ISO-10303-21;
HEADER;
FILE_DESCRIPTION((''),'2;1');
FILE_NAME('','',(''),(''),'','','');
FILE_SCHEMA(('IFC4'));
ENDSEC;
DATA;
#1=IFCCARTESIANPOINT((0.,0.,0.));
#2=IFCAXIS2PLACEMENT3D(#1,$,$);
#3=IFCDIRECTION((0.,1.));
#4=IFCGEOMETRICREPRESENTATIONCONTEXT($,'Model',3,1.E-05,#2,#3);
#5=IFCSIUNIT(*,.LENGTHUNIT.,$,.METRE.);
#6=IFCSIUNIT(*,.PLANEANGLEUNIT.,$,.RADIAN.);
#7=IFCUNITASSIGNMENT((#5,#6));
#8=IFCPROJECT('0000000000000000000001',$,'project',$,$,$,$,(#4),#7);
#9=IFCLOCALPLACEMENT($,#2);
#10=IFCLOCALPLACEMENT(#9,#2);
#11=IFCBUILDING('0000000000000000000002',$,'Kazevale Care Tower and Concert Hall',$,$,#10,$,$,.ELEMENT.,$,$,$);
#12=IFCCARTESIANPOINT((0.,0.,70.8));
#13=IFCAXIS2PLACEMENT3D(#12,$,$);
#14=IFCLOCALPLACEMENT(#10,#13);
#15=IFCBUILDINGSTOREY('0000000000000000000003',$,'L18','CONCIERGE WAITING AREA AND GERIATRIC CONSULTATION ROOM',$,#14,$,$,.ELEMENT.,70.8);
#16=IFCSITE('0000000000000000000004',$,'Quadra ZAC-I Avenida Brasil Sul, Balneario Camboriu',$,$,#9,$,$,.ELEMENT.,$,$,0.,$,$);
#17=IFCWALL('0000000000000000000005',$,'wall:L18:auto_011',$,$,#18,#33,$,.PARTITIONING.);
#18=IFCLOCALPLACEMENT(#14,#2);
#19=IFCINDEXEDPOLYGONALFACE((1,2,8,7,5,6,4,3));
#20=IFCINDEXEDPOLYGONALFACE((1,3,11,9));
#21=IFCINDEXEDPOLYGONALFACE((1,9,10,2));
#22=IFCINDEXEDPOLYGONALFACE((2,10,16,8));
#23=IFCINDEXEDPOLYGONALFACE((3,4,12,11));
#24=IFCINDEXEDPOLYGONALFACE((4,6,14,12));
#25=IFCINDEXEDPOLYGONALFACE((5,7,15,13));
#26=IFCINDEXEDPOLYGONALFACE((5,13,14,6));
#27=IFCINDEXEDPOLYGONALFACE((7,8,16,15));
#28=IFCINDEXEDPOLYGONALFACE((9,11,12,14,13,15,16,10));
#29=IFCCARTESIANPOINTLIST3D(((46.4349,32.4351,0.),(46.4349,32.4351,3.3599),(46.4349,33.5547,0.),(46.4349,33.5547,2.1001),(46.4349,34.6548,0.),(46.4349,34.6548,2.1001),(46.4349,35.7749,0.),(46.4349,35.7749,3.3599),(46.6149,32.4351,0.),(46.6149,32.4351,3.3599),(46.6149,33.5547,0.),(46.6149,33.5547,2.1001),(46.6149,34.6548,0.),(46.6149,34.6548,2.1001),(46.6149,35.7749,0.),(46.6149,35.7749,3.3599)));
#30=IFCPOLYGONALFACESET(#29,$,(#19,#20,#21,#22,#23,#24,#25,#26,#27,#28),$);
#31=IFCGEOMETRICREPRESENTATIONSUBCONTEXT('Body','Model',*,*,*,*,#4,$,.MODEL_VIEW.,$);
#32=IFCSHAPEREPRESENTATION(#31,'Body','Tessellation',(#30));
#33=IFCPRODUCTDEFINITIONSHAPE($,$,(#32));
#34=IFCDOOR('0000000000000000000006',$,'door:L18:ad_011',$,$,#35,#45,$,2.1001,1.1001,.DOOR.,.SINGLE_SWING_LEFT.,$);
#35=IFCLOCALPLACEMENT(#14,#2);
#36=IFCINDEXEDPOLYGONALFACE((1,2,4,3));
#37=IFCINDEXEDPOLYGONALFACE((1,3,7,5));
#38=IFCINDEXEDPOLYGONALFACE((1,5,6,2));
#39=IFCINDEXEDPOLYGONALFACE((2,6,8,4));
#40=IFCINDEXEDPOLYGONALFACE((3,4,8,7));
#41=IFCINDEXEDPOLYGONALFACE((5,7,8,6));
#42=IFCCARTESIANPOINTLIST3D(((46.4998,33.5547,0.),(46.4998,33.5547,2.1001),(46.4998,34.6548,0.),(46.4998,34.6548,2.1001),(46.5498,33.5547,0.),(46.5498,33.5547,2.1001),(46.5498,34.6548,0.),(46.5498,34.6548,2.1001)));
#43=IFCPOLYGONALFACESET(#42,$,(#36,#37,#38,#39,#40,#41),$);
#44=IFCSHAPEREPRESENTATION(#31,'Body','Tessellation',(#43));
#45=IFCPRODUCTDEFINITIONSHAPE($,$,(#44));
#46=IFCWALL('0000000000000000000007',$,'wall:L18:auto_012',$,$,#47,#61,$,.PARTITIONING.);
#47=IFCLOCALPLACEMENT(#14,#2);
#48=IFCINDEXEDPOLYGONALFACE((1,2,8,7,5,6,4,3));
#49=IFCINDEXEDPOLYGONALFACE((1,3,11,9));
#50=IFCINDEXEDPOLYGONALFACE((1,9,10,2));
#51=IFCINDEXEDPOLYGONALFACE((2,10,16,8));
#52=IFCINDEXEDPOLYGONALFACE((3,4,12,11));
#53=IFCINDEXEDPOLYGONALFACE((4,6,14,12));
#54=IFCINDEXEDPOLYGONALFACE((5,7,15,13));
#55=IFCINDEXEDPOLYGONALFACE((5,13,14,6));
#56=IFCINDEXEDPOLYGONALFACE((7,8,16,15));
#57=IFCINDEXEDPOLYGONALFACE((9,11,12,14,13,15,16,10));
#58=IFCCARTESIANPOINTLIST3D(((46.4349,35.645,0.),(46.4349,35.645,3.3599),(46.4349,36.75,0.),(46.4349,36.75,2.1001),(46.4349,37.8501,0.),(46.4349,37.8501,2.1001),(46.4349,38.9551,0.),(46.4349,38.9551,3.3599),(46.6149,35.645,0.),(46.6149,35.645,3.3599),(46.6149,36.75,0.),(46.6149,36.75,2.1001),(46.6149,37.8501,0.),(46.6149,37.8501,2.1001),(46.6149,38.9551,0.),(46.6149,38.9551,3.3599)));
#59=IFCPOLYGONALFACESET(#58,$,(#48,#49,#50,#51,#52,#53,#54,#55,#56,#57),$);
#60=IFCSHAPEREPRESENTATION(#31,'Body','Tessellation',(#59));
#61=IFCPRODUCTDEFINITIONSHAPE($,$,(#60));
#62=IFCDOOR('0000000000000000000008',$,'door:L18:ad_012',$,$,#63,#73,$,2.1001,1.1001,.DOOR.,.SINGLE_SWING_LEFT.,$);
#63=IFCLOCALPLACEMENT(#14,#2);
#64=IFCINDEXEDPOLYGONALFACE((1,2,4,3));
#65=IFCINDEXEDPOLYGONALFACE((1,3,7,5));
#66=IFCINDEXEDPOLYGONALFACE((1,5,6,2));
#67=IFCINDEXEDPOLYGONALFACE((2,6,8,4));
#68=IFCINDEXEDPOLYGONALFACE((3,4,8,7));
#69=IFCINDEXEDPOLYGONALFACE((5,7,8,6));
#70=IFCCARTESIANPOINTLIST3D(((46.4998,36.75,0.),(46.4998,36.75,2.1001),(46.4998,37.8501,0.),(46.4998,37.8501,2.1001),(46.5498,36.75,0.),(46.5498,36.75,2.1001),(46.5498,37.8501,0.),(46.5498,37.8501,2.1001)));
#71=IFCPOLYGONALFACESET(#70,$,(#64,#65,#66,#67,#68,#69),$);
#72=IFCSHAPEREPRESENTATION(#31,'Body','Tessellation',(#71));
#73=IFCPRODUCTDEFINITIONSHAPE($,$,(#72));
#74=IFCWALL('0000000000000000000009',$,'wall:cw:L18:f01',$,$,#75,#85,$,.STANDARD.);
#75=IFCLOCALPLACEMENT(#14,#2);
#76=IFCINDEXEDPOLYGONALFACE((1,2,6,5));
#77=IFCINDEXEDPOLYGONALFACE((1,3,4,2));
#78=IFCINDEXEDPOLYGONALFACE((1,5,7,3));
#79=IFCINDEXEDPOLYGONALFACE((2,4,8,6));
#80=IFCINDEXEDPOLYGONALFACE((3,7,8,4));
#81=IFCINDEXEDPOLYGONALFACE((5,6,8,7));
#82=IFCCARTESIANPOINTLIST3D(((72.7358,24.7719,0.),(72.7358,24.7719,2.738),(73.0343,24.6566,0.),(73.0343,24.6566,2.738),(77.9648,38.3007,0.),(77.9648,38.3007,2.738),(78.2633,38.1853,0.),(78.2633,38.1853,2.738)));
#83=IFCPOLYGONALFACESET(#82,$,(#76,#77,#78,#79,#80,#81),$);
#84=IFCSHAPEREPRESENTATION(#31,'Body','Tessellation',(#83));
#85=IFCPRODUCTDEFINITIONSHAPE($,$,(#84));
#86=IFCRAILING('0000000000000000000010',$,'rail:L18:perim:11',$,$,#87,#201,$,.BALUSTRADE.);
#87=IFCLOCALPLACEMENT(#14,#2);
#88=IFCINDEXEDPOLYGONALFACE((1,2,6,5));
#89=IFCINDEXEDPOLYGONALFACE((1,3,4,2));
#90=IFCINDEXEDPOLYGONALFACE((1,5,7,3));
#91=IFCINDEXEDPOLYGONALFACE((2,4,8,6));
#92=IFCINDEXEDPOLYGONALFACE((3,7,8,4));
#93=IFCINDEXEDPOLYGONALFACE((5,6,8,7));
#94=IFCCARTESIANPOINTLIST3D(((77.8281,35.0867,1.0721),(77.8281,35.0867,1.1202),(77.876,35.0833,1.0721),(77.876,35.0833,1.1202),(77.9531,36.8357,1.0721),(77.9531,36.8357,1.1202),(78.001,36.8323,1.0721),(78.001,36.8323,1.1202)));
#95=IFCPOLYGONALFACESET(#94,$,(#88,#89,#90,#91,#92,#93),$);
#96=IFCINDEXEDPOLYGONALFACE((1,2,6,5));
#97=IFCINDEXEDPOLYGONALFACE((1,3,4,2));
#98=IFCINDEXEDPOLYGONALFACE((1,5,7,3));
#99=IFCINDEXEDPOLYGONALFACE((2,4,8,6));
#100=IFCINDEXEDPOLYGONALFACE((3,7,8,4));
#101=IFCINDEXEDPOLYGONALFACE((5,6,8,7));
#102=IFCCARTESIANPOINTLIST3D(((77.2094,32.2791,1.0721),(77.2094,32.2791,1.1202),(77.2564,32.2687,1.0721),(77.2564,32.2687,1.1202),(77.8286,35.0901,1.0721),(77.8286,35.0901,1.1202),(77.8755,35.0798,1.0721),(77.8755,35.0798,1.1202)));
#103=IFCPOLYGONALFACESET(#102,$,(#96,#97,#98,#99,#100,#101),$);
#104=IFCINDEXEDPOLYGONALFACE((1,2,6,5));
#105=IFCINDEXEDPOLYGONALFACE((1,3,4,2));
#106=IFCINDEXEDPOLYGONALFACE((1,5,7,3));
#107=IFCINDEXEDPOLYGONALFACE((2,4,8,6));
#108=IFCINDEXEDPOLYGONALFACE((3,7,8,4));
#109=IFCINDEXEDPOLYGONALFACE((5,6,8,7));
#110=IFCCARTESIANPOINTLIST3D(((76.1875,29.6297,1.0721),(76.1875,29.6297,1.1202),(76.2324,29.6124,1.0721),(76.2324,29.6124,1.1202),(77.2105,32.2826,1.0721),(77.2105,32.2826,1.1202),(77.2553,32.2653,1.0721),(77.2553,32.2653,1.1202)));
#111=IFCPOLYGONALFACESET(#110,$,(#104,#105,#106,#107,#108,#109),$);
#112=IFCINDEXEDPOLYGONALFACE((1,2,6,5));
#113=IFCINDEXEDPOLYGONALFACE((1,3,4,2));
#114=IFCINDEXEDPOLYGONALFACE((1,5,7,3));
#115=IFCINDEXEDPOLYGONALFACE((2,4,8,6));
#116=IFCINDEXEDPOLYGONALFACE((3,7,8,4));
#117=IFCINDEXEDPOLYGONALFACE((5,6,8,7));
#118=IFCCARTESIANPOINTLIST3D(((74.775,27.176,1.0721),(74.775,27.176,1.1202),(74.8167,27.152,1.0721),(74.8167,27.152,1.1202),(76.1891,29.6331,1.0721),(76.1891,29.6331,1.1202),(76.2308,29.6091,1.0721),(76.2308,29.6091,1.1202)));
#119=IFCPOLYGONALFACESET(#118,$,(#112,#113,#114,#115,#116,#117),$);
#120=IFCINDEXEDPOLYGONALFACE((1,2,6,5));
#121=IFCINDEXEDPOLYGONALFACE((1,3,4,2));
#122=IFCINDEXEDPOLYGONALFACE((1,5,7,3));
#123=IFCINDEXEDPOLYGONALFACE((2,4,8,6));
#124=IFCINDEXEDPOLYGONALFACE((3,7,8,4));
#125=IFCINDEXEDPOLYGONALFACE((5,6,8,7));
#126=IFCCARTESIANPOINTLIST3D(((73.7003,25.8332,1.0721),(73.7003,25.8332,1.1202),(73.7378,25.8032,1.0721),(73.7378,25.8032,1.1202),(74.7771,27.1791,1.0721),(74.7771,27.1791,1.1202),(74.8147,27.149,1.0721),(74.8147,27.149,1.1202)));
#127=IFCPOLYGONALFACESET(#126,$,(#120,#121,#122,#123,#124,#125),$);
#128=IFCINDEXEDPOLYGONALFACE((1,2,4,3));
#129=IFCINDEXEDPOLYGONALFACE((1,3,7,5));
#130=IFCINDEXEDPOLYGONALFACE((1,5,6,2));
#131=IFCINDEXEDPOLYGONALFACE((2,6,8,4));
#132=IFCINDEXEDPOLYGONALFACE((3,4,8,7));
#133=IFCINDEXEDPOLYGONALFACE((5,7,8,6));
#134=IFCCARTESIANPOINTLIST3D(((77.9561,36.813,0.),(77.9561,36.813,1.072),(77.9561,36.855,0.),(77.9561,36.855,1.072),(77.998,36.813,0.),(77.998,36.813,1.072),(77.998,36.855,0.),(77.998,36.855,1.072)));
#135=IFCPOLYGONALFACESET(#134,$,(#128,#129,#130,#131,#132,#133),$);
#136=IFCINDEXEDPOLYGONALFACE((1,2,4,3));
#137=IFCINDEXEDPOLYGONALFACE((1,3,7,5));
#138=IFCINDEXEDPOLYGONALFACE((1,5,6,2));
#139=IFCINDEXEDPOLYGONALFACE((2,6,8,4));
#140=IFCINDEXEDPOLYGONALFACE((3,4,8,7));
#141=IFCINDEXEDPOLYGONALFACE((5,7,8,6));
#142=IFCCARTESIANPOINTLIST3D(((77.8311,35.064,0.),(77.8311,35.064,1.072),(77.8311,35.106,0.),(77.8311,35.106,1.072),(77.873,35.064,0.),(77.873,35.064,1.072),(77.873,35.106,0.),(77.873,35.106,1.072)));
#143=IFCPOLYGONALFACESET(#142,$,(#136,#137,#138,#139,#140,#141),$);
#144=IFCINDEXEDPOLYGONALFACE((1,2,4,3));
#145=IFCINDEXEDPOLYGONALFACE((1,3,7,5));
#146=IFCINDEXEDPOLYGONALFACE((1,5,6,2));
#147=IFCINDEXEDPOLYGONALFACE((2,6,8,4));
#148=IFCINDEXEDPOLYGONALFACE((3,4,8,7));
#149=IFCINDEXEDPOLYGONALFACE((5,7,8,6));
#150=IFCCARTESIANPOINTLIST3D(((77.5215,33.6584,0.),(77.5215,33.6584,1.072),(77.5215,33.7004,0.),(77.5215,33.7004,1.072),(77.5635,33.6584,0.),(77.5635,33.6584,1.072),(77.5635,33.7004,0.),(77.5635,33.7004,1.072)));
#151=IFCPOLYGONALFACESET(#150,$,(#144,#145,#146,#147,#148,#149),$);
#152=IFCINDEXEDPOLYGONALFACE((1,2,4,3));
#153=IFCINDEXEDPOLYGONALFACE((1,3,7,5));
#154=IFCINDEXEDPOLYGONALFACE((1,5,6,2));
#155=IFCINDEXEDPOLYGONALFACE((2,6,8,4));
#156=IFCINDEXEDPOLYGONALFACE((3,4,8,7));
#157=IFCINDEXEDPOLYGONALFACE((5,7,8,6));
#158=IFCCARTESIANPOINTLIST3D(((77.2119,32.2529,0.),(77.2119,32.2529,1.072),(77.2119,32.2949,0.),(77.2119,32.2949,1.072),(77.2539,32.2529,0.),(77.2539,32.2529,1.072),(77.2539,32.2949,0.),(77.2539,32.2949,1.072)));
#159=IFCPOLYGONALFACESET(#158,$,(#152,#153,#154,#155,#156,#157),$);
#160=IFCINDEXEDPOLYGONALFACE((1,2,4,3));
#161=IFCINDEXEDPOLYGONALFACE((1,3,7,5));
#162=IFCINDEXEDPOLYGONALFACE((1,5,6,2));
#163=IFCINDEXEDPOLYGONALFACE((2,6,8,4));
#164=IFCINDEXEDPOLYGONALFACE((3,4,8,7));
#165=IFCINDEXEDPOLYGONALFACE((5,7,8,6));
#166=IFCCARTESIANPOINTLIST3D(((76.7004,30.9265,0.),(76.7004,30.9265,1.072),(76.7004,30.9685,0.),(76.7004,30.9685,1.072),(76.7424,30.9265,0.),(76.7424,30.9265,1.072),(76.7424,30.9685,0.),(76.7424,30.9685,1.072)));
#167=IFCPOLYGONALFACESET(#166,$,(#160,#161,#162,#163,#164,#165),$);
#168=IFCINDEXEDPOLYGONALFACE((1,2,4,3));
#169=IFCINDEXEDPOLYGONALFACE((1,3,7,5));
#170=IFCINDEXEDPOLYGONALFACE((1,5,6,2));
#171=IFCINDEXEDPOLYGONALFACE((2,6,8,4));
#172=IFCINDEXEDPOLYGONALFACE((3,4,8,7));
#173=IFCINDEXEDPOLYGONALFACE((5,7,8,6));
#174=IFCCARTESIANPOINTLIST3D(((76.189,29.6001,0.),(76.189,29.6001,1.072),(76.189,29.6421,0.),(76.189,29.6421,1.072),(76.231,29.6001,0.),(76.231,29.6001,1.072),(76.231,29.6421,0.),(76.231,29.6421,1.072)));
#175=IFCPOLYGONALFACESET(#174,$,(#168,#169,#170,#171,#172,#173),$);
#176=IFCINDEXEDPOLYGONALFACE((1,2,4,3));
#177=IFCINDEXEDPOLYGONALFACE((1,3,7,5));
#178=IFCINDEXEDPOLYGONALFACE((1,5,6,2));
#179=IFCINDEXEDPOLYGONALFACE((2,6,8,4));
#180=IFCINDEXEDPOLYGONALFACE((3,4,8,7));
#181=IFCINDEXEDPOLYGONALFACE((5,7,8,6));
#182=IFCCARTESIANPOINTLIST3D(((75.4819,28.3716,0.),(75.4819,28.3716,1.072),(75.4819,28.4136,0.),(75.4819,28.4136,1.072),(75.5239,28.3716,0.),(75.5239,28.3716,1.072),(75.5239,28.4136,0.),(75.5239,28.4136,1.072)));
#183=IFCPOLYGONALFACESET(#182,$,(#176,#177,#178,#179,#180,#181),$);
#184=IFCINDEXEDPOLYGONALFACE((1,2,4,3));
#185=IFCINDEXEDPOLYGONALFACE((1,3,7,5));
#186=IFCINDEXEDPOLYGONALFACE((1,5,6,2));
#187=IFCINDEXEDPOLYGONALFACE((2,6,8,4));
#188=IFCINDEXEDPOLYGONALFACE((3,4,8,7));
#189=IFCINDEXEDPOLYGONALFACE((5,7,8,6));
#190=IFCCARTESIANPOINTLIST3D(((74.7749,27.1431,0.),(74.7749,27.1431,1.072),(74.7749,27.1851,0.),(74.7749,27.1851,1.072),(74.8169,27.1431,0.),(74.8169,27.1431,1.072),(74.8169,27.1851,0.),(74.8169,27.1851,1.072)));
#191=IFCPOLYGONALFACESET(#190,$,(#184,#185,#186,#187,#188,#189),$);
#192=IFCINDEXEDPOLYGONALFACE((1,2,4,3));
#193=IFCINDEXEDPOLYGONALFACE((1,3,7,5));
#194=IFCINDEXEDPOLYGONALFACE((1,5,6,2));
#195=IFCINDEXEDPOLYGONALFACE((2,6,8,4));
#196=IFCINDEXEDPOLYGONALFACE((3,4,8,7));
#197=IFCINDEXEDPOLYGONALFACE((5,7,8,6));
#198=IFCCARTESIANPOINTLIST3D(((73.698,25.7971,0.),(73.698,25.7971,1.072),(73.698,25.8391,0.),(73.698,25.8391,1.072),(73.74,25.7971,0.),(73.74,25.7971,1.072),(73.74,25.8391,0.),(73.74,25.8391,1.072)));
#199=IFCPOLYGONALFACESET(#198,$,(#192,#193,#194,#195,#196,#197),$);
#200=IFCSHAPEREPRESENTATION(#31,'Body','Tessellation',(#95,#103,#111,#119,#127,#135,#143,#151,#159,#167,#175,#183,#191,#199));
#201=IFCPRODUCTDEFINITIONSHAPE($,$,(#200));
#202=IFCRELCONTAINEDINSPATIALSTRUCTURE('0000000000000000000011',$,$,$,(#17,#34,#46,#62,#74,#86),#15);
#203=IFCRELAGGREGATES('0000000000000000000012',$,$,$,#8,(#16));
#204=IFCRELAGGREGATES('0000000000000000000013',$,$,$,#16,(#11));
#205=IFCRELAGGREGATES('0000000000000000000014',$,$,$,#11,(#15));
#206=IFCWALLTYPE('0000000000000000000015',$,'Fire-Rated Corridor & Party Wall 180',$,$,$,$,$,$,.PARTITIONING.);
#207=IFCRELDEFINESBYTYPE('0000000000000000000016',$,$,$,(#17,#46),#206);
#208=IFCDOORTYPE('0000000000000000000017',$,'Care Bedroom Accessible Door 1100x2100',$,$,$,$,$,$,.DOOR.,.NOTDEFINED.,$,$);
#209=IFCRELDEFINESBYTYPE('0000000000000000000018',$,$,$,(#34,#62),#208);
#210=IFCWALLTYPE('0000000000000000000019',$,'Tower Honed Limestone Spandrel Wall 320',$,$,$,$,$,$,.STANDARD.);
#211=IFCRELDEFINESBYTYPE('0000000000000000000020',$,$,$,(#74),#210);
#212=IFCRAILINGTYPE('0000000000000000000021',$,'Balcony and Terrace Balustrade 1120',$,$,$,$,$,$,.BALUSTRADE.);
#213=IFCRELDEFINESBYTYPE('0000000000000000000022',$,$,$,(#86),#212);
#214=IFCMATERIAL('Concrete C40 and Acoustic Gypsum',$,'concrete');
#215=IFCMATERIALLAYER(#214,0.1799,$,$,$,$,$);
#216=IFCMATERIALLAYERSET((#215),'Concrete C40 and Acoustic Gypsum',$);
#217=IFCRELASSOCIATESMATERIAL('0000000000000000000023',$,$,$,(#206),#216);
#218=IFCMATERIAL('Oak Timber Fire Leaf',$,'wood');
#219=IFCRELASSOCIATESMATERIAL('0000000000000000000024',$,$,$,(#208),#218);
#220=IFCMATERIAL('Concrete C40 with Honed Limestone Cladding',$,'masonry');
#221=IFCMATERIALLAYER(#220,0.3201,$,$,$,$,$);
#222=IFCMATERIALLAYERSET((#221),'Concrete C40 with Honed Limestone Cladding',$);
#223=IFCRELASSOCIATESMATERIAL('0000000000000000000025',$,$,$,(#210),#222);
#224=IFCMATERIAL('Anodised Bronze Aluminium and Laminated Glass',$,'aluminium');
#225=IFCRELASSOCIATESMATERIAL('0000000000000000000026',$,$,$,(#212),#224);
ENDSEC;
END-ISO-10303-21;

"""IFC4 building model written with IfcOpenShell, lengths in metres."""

from ifc_helpers import new_model, si_unit, direction, frame, frame_2d, origin, origin_2d, place, context, subcontext, project, spatial, rectangle, extrude, material, layer, layer_set, type_object, element, fill, save


model = new_model("IFC4")

# Units and contexts
model_context = context("Model", 3, precision=1e-05, world=origin(), true_north=direction((0.0, 1.0)))
body_context = subcontext(model_context, "Body", "Model", "MODEL_VIEW")
ifc_project = project(units=[si_unit("LENGTHUNIT", "METRE"), si_unit("PLANEANGLEUNIT", "RADIAN")], contexts=[model_context])

# Site, building, storey
site_placement = place(None, origin())
site = spatial("IfcSite", under=ifc_project, at=site_placement, Name="Quadra ZAC-I Avenida Brasil Sul, Balneario Camboriu", CompositionType="ELEMENT", RefElevation=0.0)
building_placement = place(site_placement, origin())
building = spatial("IfcBuilding", under=site, at=building_placement, Name="Kazevale Care Tower and Concert Hall", CompositionType="ELEMENT")
storey_placement = place(building_placement, frame((0.0, 0.0, 70.8)))
storey = spatial("IfcBuildingStorey", under=building, at=storey_placement, Name="L18", Description="CONCIERGE WAITING AREA AND GERIATRIC CONSULTATION ROOM", CompositionType="ELEMENT", Elevation=70.8)

# Walls, openings, doors
ifc_material_1 = material(Name="Concrete C40 and Acoustic Gypsum", Category="concrete")
ifc_layer_1 = layer(ifc_material_1, 0.1799)
ifc_layer_set_1 = layer_set([ifc_layer_1], Name="Concrete C40 and Acoustic Gypsum")
wall_type_1 = type_object("IfcWallType", Name="Fire-Rated Corridor & Party Wall 180", PredefinedType="PARTITIONING", material=ifc_layer_set_1)
ifc_material_2 = material(Name="Oak Timber Fire Leaf", Category="wood")
door_type = type_object("IfcDoorType", Name="Care Bedroom Accessible Door 1100x2100", OperationType="NOTDEFINED", PredefinedType="DOOR", material=ifc_material_2)
wall_1_placement = place(storey_placement, frame((46.5249, 35.7749, 0.0), z_axis=(0.0, 0.0, 1.0), x_axis=(0.0, -1.0, 0.0)))
wall_1 = element("IfcWall", 1, at=wall_1_placement, inside=storey, type_object=wall_type_1, Name="wall:L18:auto_011", PredefinedType="PARTITIONING", context=body_context, shape_type="SweptSolid", body=[
    extrude(rectangle(XDim=3.3398, YDim=0.1799, at=frame_2d((1.6699, 0.0))), origin(), (0.0, 0.0, 1.0), 3.3599),
])
opening_1_placement = place(wall_1_placement, frame((1.1201, 0.0, 0.0)))
opening_1 = element("IfcOpeningElement", 2, at=opening_1_placement, cuts=wall_1, PredefinedType="OPENING", context=body_context, shape_type="SweptSolid", body=[
    extrude(rectangle(XDim=1.1001, YDim=2.1001, at=frame_2d((0.55, 1.05))), frame((0.0, 0.0999, 0.0), z_axis=(0.0, -1.0, 0.0), x_axis=(1.0, 0.0, 0.0)), (0.0, 0.0, 1.0), 0.2),
])
door_1_placement = place(opening_1_placement, origin())
door_1 = element("IfcDoor", 3, at=door_1_placement, inside=storey, type_object=door_type, Name="door:L18:ad_011", OperationType="SINGLE_SWING_LEFT", OverallHeight=2.1001, OverallWidth=1.1001, PredefinedType="DOOR", context=body_context, shape_type="SweptSolid", body=[
    extrude(rectangle(XDim=1.1001, YDim=2.1001, at=frame_2d((0.55, 1.05))), frame((0.0, 0.0249, 0.0), z_axis=(0.0, -1.0, 0.0), x_axis=(1.0, 0.0, 0.0)), (0.0, 0.0, 1.0), 0.05),
])
fill(opening_1, door_1)
wall_2_placement = place(storey_placement, frame((46.5249, 38.9551, 0.0), z_axis=(0.0, 0.0, 1.0), x_axis=(0.0, -1.0, 0.0)))
wall_2 = element("IfcWall", 4, at=wall_2_placement, inside=storey, type_object=wall_type_1, Name="wall:L18:auto_012", PredefinedType="PARTITIONING", context=body_context, shape_type="SweptSolid", body=[
    extrude(rectangle(XDim=3.3101, YDim=0.1799, at=frame_2d((1.655, 0.0))), origin(), (0.0, 0.0, 1.0), 3.3599),
])
opening_2_placement = place(wall_2_placement, frame((1.105, 0.0, 0.0)))
opening_2 = element("IfcOpeningElement", 5, at=opening_2_placement, cuts=wall_2, PredefinedType="OPENING", context=body_context, shape_type="SweptSolid", body=[
    extrude(rectangle(XDim=1.1001, YDim=2.1001, at=frame_2d((0.55, 1.05))), frame((0.0, 0.0999, 0.0), z_axis=(0.0, -1.0, 0.0), x_axis=(1.0, 0.0, 0.0)), (0.0, 0.0, 1.0), 0.2),
])
door_2_placement = place(opening_2_placement, origin())
door_2 = element("IfcDoor", 6, at=door_2_placement, inside=storey, type_object=door_type, Name="door:L18:ad_012", OperationType="SINGLE_SWING_LEFT", OverallHeight=2.1001, OverallWidth=1.1001, PredefinedType="DOOR", context=body_context, shape_type="SweptSolid", body=[
    extrude(rectangle(XDim=1.1001, YDim=2.1001, at=frame_2d((0.55, 1.05))), frame((0.0, 0.0249, 0.0), z_axis=(0.0, -1.0, 0.0), x_axis=(1.0, 0.0, 0.0)), (0.0, 0.0, 1.0), 0.05),
])
fill(opening_2, door_2)

# Wall
ifc_material_3 = material(Name="Concrete C40 with Honed Limestone Cladding", Category="masonry")
ifc_layer_2 = layer(ifc_material_3, 0.3201)
ifc_layer_set_2 = layer_set([ifc_layer_2], Name="Concrete C40 with Honed Limestone Cladding")
wall_type_2 = type_object("IfcWallType", Name="Tower Honed Limestone Spandrel Wall 320", PredefinedType="STANDARD", material=ifc_layer_set_2)
wall_3_placement = place(storey_placement, frame((78.114, 38.2429, 0.0), z_axis=(0.0, 0.0, 1.0), x_axis=(-0.360517, -0.932753, 0.0)))
element("IfcWall", 7, at=wall_3_placement, inside=storey, type_object=wall_type_2, Name="wall:cw:L18:f01", PredefinedType="STANDARD", context=body_context, shape_type="SweptSolid", body=[
    extrude(rectangle(XDim=14.5042, YDim=0.3201, at=frame_2d((7.252, 0.0))), origin(), (0.0, 0.0, 1.0), 2.738),
])

# Railing
ifc_material_4 = material(Name="Anodised Bronze Aluminium and Laminated Glass", Category="aluminium")
railing_type = type_object("IfcRailingType", Name="Balcony and Terrace Balustrade 1120", PredefinedType="BALUSTRADE", material=ifc_material_4)
railing_placement = place(storey_placement, frame((77.9771, 36.834, 0.0)))
element("IfcRailing", 8, at=railing_placement, inside=storey, type_object=railing_type, Name="rail:L18:perim:11", PredefinedType="BALUSTRADE", context=body_context, shape_type="SweptSolid", body=[
    extrude(rectangle(XDim=0.0481, YDim=0.0481, at=origin_2d()), frame((0.0, 0.0, 1.0962), z_axis=(-0.071287, -0.997456, 0.0), x_axis=(0.997456, -0.071287, 0.0)), (0.0, 0.0, 1.0), 1.7534),
    extrude(rectangle(XDim=0.0481, YDim=0.0481, at=origin_2d()), frame((-0.125, -1.749, 1.0962), z_axis=(-0.215098, -0.976592, 0.0), x_axis=(0.976592, -0.215098, 0.0)), (0.0, 0.0, 1.0), 2.8784),
    extrude(rectangle(XDim=0.0481, YDim=0.0481, at=origin_2d()), frame((-0.7441, -4.5601, 1.0962), z_axis=(-0.359785, -0.933035, 0.0), x_axis=(0.933035, -0.359785, 0.0)), (0.0, 0.0, 1.0), 2.8433),
    extrude(rectangle(XDim=0.0481, YDim=0.0481, at=origin_2d()), frame((-1.7671, -7.2129, 1.0962), z_axis=(-0.498808, -0.866713, 0.0), x_axis=(0.866713, -0.498808, 0.0)), (0.0, 0.0, 1.0), 2.835),
    extrude(rectangle(XDim=0.0481, YDim=0.0481, at=origin_2d()), frame((-3.1812, -9.6699, 1.0962), z_axis=(-0.624747, -0.780827, 0.0), x_axis=(0.780827, -0.624747, 0.0)), (0.0, 0.0, 1.0), 1.7236),
    extrude(rectangle(XDim=0.042, YDim=0.042, at=origin_2d()), origin(), (0.0, 0.0, 1.0), 1.072),
    extrude(rectangle(XDim=0.042, YDim=0.042, at=origin_2d()), frame((-0.125, -1.749, 0.0)), (0.0, 0.0, 1.0), 1.072),
    extrude(rectangle(XDim=0.042, YDim=0.042, at=origin_2d()), frame((-0.4346, -3.1545, 0.0)), (0.0, 0.0, 1.0), 1.072),
    extrude(rectangle(XDim=0.042, YDim=0.042, at=origin_2d()), frame((-0.7441, -4.5601, 0.0)), (0.0, 0.0, 1.0), 1.072),
    extrude(rectangle(XDim=0.042, YDim=0.042, at=origin_2d()), frame((-1.2556, -5.8865, 0.0)), (0.0, 0.0, 1.0), 1.072),
    extrude(rectangle(XDim=0.042, YDim=0.042, at=origin_2d()), frame((-1.7671, -7.2129, 0.0)), (0.0, 0.0, 1.0), 1.072),
    extrude(rectangle(XDim=0.042, YDim=0.042, at=origin_2d()), frame((-2.4741, -8.4414, 0.0)), (0.0, 0.0, 1.0), 1.072),
    extrude(rectangle(XDim=0.042, YDim=0.042, at=origin_2d()), frame((-3.1812, -9.6699, 0.0)), (0.0, 0.0, 1.0), 1.072),
    extrude(rectangle(XDim=0.042, YDim=0.042, at=origin_2d()), frame((-4.2581, -11.0159, 0.0)), (0.0, 0.0, 1.0), 1.072),
])

save(model, "model.ifc")
